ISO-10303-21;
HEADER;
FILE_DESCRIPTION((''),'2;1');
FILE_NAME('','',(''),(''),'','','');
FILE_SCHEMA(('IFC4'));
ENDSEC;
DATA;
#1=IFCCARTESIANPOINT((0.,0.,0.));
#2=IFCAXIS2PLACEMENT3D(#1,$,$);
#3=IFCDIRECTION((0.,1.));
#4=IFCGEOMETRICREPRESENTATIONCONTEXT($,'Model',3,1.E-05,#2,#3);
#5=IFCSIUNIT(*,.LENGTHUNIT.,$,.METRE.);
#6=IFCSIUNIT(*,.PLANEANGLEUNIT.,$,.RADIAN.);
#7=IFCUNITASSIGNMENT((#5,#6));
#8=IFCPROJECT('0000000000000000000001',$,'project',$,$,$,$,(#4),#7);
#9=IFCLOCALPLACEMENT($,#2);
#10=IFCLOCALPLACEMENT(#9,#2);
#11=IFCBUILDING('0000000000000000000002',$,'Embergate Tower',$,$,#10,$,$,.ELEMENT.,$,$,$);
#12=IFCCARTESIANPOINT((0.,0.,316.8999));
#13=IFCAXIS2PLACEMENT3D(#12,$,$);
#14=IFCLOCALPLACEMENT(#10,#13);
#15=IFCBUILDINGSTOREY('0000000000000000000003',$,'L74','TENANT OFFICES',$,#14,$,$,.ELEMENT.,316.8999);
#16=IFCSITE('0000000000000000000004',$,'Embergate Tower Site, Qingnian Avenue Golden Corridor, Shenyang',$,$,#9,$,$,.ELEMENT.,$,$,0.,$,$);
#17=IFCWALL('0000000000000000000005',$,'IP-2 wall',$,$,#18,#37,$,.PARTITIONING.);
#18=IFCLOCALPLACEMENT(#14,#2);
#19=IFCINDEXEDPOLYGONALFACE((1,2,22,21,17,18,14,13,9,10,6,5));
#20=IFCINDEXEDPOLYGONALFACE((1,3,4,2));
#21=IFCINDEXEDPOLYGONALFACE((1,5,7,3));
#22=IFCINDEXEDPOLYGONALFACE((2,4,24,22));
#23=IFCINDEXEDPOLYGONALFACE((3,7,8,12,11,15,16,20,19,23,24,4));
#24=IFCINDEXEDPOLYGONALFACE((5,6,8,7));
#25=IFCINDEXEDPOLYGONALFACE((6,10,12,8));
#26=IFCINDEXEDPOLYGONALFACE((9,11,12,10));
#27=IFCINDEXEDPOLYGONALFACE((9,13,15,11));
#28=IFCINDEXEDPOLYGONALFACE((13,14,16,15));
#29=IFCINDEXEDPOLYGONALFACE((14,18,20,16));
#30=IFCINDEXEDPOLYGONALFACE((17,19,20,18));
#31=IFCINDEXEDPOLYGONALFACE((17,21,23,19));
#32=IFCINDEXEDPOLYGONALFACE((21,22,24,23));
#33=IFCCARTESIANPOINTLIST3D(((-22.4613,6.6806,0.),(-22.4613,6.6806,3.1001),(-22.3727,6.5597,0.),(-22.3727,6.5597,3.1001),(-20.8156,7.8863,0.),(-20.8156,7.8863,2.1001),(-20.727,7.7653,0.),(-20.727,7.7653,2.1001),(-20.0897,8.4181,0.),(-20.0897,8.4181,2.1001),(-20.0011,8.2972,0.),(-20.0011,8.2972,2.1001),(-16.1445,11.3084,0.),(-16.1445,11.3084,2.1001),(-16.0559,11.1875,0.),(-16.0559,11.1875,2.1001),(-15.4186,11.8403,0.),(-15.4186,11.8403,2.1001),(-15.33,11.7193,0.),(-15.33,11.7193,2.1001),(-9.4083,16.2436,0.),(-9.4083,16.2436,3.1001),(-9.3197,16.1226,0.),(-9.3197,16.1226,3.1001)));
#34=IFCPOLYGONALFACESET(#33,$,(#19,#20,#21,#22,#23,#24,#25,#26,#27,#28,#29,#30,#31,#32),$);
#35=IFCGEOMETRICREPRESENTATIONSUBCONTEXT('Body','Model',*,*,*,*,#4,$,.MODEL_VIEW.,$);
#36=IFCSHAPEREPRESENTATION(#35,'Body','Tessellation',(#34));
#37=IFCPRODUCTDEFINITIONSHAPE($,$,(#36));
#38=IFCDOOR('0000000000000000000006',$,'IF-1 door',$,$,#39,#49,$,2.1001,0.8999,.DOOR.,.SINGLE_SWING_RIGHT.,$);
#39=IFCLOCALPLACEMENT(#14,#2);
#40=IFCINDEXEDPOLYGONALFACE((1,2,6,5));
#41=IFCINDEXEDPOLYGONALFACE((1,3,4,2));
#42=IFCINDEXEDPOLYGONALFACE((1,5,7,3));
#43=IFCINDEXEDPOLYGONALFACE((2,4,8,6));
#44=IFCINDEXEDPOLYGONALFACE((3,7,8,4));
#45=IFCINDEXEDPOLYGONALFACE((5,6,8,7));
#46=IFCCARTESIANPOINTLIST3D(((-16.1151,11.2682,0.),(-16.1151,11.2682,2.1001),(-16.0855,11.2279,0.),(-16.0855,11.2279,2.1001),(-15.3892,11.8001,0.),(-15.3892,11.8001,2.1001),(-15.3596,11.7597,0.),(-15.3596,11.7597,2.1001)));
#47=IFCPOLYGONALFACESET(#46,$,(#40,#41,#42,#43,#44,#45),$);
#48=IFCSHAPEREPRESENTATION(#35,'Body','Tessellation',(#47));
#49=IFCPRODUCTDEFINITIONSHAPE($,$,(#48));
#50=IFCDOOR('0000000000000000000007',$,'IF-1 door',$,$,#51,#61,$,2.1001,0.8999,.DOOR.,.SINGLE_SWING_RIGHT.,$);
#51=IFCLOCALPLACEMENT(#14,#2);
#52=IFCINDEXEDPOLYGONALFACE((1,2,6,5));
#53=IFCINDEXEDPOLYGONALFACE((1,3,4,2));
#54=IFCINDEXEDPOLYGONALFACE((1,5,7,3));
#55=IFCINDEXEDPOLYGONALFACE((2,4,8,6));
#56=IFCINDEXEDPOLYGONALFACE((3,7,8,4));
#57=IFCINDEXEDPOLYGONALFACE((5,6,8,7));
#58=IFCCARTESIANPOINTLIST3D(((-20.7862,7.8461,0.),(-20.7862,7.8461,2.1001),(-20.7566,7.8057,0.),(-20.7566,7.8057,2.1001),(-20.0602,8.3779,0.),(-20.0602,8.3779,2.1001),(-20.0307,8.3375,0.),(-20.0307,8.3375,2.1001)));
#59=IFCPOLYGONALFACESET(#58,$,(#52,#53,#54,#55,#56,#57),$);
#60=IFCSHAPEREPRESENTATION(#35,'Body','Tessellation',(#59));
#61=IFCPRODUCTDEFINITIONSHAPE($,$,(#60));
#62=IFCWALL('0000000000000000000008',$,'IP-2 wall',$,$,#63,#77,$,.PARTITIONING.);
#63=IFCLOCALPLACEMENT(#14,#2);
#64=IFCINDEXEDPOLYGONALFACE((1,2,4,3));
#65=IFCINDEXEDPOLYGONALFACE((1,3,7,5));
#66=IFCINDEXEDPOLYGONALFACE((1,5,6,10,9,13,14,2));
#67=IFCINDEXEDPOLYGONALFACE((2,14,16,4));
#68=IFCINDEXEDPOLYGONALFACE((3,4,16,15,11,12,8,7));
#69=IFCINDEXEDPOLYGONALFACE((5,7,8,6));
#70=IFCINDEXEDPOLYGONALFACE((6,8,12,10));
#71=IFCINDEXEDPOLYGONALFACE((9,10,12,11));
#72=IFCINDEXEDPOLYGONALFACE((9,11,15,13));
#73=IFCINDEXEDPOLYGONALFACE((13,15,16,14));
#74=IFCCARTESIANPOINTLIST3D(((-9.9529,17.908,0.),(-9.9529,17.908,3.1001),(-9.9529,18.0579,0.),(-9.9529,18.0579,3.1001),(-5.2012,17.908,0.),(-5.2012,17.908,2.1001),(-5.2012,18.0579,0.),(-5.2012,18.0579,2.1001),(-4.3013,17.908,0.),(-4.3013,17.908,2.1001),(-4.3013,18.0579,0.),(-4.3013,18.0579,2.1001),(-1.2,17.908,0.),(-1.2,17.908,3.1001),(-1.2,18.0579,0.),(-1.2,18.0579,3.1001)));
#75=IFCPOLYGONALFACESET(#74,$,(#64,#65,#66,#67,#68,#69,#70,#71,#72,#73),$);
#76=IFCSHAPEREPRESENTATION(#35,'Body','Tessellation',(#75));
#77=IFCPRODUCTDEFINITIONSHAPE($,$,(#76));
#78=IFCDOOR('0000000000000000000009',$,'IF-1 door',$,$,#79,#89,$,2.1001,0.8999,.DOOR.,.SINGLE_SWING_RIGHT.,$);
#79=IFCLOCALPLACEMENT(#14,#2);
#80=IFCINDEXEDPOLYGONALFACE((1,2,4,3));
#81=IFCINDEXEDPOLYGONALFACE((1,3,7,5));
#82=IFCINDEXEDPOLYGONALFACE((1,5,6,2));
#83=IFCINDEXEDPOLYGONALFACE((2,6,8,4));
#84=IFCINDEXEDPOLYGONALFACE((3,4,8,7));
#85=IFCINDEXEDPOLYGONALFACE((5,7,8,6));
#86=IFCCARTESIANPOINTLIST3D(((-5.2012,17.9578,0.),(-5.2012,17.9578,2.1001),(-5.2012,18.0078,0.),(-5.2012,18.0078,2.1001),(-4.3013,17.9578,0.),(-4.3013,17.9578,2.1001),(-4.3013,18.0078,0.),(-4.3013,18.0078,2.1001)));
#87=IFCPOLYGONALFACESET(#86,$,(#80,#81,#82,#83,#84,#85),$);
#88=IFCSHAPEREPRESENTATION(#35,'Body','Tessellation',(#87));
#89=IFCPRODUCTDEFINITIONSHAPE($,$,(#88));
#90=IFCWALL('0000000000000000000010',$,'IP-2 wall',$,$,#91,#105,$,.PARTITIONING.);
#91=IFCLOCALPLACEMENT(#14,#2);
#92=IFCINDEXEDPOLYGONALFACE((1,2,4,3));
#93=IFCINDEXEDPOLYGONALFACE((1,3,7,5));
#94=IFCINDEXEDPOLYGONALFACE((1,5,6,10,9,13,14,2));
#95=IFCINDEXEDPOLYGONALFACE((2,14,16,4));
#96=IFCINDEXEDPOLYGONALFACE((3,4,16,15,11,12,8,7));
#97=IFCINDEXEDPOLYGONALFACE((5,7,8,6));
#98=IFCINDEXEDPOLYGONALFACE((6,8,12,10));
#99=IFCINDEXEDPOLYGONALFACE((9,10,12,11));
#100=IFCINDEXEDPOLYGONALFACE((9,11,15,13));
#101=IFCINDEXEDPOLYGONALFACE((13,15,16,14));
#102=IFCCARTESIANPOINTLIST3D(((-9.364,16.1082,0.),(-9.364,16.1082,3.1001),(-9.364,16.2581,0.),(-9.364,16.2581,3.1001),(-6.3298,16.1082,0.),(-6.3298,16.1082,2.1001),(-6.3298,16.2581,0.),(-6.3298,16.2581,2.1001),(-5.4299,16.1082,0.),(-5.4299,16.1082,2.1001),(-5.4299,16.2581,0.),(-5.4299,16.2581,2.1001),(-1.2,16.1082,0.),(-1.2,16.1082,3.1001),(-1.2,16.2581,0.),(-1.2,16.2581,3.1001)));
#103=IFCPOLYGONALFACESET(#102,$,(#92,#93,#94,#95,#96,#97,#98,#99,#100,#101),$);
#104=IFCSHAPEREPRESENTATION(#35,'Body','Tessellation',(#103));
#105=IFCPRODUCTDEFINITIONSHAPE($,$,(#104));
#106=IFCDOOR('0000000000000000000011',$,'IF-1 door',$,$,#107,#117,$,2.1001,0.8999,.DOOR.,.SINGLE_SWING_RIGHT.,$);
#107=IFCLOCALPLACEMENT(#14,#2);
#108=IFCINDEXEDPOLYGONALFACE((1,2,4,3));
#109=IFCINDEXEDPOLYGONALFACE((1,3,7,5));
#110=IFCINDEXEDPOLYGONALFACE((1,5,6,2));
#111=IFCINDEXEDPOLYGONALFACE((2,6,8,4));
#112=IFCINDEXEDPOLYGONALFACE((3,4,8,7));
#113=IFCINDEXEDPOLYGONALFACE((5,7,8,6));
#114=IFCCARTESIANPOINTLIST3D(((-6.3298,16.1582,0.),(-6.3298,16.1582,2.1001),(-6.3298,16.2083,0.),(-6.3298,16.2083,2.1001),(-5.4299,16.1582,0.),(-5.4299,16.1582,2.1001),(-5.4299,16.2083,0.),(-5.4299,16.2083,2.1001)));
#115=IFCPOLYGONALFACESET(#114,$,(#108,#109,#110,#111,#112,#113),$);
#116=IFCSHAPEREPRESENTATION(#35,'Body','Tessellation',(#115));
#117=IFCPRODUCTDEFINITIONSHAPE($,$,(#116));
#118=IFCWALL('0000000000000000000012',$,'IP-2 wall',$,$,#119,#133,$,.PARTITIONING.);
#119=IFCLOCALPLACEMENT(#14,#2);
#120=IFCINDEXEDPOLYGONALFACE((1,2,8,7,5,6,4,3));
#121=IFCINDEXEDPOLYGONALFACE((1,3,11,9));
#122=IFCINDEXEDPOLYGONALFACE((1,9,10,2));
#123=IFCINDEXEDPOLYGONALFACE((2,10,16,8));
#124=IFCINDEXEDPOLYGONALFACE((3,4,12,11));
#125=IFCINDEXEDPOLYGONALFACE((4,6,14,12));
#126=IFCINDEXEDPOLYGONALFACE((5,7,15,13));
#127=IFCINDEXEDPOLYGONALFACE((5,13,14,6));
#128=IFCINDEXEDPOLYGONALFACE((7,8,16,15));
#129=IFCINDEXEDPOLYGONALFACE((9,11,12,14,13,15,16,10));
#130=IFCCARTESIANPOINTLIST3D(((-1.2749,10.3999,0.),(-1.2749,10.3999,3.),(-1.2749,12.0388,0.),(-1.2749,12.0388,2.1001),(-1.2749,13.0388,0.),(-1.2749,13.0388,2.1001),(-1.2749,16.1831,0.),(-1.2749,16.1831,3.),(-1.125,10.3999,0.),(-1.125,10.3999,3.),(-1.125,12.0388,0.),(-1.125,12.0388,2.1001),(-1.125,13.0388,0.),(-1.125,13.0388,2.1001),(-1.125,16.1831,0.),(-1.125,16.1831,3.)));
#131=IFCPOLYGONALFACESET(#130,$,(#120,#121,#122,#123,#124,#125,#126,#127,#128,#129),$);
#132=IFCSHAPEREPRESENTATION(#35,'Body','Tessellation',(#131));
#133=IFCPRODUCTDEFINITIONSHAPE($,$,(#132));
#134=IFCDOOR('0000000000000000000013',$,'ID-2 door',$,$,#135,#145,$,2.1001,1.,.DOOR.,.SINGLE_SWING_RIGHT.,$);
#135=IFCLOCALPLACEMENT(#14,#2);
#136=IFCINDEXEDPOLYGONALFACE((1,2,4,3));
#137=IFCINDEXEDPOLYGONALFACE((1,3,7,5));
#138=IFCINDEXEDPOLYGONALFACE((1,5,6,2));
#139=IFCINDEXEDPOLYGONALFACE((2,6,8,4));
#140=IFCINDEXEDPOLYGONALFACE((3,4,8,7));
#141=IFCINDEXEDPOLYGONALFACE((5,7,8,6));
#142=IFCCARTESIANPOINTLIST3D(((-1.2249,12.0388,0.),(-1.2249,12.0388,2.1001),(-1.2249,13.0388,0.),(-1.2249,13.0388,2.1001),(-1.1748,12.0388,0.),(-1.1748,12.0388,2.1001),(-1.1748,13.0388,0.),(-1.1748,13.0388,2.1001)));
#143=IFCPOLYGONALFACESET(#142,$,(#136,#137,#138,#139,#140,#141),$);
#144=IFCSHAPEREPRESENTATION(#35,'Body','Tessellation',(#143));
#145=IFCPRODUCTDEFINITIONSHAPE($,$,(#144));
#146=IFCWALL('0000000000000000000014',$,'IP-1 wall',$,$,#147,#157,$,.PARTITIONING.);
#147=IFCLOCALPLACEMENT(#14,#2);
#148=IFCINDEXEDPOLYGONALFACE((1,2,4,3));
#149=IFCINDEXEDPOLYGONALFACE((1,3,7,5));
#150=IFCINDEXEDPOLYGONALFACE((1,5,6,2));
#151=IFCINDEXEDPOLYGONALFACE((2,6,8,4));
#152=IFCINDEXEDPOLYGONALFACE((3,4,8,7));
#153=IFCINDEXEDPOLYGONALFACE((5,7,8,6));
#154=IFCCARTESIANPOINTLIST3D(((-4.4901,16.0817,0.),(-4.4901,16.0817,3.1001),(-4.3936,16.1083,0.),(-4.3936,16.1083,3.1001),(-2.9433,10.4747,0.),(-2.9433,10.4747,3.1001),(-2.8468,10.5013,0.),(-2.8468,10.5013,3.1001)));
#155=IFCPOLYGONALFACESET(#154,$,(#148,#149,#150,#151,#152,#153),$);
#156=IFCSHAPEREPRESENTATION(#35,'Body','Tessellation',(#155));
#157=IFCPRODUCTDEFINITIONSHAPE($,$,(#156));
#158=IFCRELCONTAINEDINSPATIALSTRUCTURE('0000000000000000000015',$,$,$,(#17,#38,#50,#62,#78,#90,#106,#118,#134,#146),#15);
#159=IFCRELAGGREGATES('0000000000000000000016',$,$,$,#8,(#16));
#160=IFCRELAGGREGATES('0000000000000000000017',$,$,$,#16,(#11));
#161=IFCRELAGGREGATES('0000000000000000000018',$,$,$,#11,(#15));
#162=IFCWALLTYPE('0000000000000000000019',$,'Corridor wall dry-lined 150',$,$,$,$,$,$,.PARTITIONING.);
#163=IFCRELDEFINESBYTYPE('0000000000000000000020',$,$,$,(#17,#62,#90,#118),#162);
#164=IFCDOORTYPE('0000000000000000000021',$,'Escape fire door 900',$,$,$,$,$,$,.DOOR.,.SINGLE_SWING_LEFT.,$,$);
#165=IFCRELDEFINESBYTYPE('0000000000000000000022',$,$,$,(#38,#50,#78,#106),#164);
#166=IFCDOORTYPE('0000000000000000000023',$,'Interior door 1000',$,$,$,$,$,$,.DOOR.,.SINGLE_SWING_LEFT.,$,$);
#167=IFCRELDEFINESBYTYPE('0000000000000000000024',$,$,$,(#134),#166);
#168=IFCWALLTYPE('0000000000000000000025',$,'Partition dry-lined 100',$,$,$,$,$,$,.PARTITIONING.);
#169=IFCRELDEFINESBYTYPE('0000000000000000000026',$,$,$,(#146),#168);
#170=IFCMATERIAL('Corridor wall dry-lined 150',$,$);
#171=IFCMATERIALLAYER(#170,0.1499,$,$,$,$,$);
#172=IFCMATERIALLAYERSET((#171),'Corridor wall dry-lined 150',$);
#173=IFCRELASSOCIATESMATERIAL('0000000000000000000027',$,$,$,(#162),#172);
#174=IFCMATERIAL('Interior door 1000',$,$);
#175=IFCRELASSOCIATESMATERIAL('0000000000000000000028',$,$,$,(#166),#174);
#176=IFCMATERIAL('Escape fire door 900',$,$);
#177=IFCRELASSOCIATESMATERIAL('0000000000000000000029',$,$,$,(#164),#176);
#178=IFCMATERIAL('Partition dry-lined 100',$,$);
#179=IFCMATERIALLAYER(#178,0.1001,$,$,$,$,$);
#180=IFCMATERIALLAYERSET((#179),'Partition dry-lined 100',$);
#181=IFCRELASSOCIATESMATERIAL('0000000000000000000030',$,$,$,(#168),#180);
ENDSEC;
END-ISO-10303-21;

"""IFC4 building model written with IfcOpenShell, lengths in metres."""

from ifc_helpers import new_model, si_unit, direction, frame, frame_2d, origin, place, context, subcontext, project, spatial, rectangle, extrude, source, transform, mapped, material, layer, layer_set, type_object, element, fill, save


model = new_model("IFC4")

# Units and contexts
model_context = context("Model", 3, precision=1e-05, world=origin(), true_north=direction((0.0, 1.0)))
body_context = subcontext(model_context, "Body", "Model", "MODEL_VIEW")
ifc_project = project(units=[si_unit("LENGTHUNIT", "METRE"), si_unit("PLANEANGLEUNIT", "RADIAN")], contexts=[model_context])

# Site, building, storey
site_placement = place(None, origin())
site = spatial("IfcSite", under=ifc_project, at=site_placement, Name="Embergate Tower Site, Qingnian Avenue Golden Corridor, Shenyang", CompositionType="ELEMENT", RefElevation=0.0)
building_placement = place(site_placement, origin())
building = spatial("IfcBuilding", under=site, at=building_placement, Name="Embergate Tower", CompositionType="ELEMENT")
storey_placement = place(building_placement, frame((0.0, 0.0, 316.8999)))
storey = spatial("IfcBuildingStorey", under=building, at=storey_placement, Name="L74", Description="TENANT OFFICES", CompositionType="ELEMENT", Elevation=316.8999)

# Shared definitions
ifc_material_1 = material(Name="Corridor wall dry-lined 150")
ifc_layer_1 = layer(ifc_material_1, 0.1499)
ifc_layer_set_1 = layer_set([ifc_layer_1], Name="Corridor wall dry-lined 150")
wall_type_1 = type_object("IfcWallType", Name="Corridor wall dry-lined 150", PredefinedType="PARTITIONING", material=ifc_layer_set_1)

# Shared definitions
shared_shape_1 = source(origin(), body_context, "Body", "SweptSolid", [
    extrude(rectangle(XDim=1.0, YDim=2.1001, at=frame_2d((0.5, 1.05))), frame((0.0, 0.085, 0.0), z_axis=(0.0, -1.0, 0.0), x_axis=(1.0, 0.0, 0.0)), (0.0, 0.0, 1.0), 0.1699),
])
ifc_material_2 = material(Name="Interior door 1000")
door_type_1 = type_object("IfcDoorType", Name="Interior door 1000", OperationType="SINGLE_SWING_LEFT", PredefinedType="DOOR", material=ifc_material_2)
shared_shape_2 = source(origin(), body_context, "Body", "SweptSolid", [
    extrude(rectangle(XDim=1.0, YDim=2.1001, at=frame_2d((0.5, 1.05))), frame((0.0, 0.0249, 0.0), z_axis=(0.0, -1.0, 0.0), x_axis=(1.0, 0.0, 0.0)), (0.0, 0.0, 1.0), 0.05),
])

# Wall, openings, doors
shared_shape_3 = source(origin(), body_context, "Body", "SweptSolid", [
    extrude(rectangle(XDim=16.1812, YDim=0.1499, at=frame_2d((8.0906, 0.0))), origin(), (0.0, 0.0, 1.0), 3.1001),
])
wall_1_placement = place(storey_placement, frame((-9.364, 16.1831, 0.0), z_axis=(0.0, 0.0, 1.0), x_axis=(-0.806676, -0.590994, 0.0)))
wall_1 = element("IfcWall", 1, at=wall_1_placement, inside=storey, type_object=wall_type_1, Name="IP-2 wall", PredefinedType="PARTITIONING", context=body_context, shape_type="MappedRepresentation", body=[
    mapped(shared_shape_3, transform((0.0, 0.0, 0.0))),
])
shared_shape_4 = source(origin(), body_context, "Body", "SweptSolid", [
    extrude(rectangle(XDim=0.8999, YDim=2.1001, at=frame_2d((0.45, 1.05))), frame((0.0, 0.085, 0.0), z_axis=(0.0, -1.0, 0.0), x_axis=(1.0, 0.0, 0.0)), (0.0, 0.0, 1.0), 0.1699),
])
opening_1_placement = place(wall_1_placement, frame((7.4507, 0.0, 0.0)))
opening_1 = element("IfcOpeningElement", 2, at=opening_1_placement, cuts=wall_1, PredefinedType="OPENING", context=body_context, shape_type="MappedRepresentation", body=[
    mapped(shared_shape_4, transform((0.0, 0.0, 0.0))),
])
opening_2_placement = place(wall_1_placement, frame((13.2412, 0.0, 0.0)))
opening_2 = element("IfcOpeningElement", 3, at=opening_2_placement, cuts=wall_1, PredefinedType="OPENING", context=body_context, shape_type="MappedRepresentation", body=[
    mapped(shared_shape_4, transform((0.0, 0.0, 0.0))),
])
ifc_material_3 = material(Name="Escape fire door 900")
door_type_2 = type_object("IfcDoorType", Name="Escape fire door 900", OperationType="SINGLE_SWING_LEFT", PredefinedType="DOOR", material=ifc_material_3)
shared_shape_5 = source(origin(), body_context, "Body", "SweptSolid", [
    extrude(rectangle(XDim=0.8999, YDim=2.1001, at=frame_2d((0.45, 1.05))), frame((0.0, 0.0249, 0.0), z_axis=(0.0, -1.0, 0.0), x_axis=(1.0, 0.0, 0.0)), (0.0, 0.0, 1.0), 0.05),
])
door_1_placement = place(opening_1_placement, origin())
door_1 = element("IfcDoor", 4, at=door_1_placement, inside=storey, type_object=door_type_2, Name="IF-1 door", OperationType="SINGLE_SWING_RIGHT", OverallHeight=2.1001, OverallWidth=0.8999, PredefinedType="DOOR", context=body_context, shape_type="MappedRepresentation", body=[
    mapped(shared_shape_5, transform((0.0, 0.0, 0.0))),
])
fill(opening_1, door_1)
door_2_placement = place(opening_2_placement, origin())
door_2 = element("IfcDoor", 5, at=door_2_placement, inside=storey, type_object=door_type_2, Name="IF-1 door", OperationType="SINGLE_SWING_RIGHT", OverallHeight=2.1001, OverallWidth=0.8999, PredefinedType="DOOR", context=body_context, shape_type="MappedRepresentation", body=[
    mapped(shared_shape_5, transform((0.0, 0.0, 0.0))),
])
fill(opening_2, door_2)

# Walls, openings, doors
shared_shape_6 = source(origin(), body_context, "Body", "SweptSolid", [
    extrude(rectangle(XDim=8.7529, YDim=0.1499, at=frame_2d((4.3765, 0.0))), origin(), (0.0, 0.0, 1.0), 3.1001),
])
wall_2_placement = place(storey_placement, frame((-9.9529, 17.9829, 0.0), z_axis=(0.0, 0.0, 1.0), x_axis=(1.0, 0.0, 0.0)))
wall_2 = element("IfcWall", 6, at=wall_2_placement, inside=storey, type_object=wall_type_1, Name="IP-2 wall", PredefinedType="PARTITIONING", context=body_context, shape_type="MappedRepresentation", body=[
    mapped(shared_shape_6, transform((0.0, 0.0, 0.0))),
])
opening_3_placement = place(wall_2_placement, frame((4.7517, 0.0, 0.0)))
opening_3 = element("IfcOpeningElement", 7, at=opening_3_placement, cuts=wall_2, PredefinedType="OPENING", context=body_context, shape_type="MappedRepresentation", body=[
    mapped(shared_shape_4, transform((0.0, 0.0, 0.0))),
])
door_3_placement = place(opening_3_placement, origin())
door_3 = element("IfcDoor", 8, at=door_3_placement, inside=storey, type_object=door_type_2, Name="IF-1 door", OperationType="SINGLE_SWING_RIGHT", OverallHeight=2.1001, OverallWidth=0.8999, PredefinedType="DOOR", context=body_context, shape_type="MappedRepresentation", body=[
    mapped(shared_shape_5, transform((0.0, 0.0, 0.0))),
])
fill(opening_3, door_3)
shared_shape_7 = source(origin(), body_context, "Body", "SweptSolid", [
    extrude(rectangle(XDim=8.1641, YDim=0.1499, at=frame_2d((4.082, 0.0))), origin(), (0.0, 0.0, 1.0), 3.1001),
])
wall_3_placement = place(storey_placement, frame((-1.2, 16.1831, 0.0), z_axis=(0.0, 0.0, 1.0), x_axis=(-1.0, 0.0, 0.0)))
wall_3 = element("IfcWall", 9, at=wall_3_placement, inside=storey, type_object=wall_type_1, Name="IP-2 wall", PredefinedType="PARTITIONING", context=body_context, shape_type="MappedRepresentation", body=[
    mapped(shared_shape_7, transform((0.0, 0.0, 0.0))),
])
opening_4_placement = place(wall_3_placement, frame((4.23, 0.0, 0.0)))
opening_4 = element("IfcOpeningElement", 10, at=opening_4_placement, cuts=wall_3, PredefinedType="OPENING", context=body_context, shape_type="MappedRepresentation", body=[
    mapped(shared_shape_4, transform((0.0, 0.0, 0.0))),
])
door_4_placement = place(opening_4_placement, origin())
door_4 = element("IfcDoor", 11, at=door_4_placement, inside=storey, type_object=door_type_2, Name="IF-1 door", OperationType="SINGLE_SWING_RIGHT", OverallHeight=2.1001, OverallWidth=0.8999, PredefinedType="DOOR", context=body_context, shape_type="MappedRepresentation", body=[
    mapped(shared_shape_5, transform((0.0, 0.0, 0.0))),
])
fill(opening_4, door_4)
shared_shape_8 = source(origin(), body_context, "Body", "SweptSolid", [
    extrude(rectangle(XDim=5.7832, YDim=0.1499, at=frame_2d((2.8916, 0.0))), origin(), (0.0, 0.0, 1.0), 3.0),
])
wall_4_placement = place(storey_placement, frame((-1.2, 10.3999, 0.0), z_axis=(0.0, 0.0, 1.0), x_axis=(0.0, 1.0, 0.0)))
wall_4 = element("IfcWall", 12, at=wall_4_placement, inside=storey, type_object=wall_type_1, Name="IP-2 wall", PredefinedType="PARTITIONING", context=body_context, shape_type="MappedRepresentation", body=[
    mapped(shared_shape_8, transform((0.0, 0.0, 0.0))),
])
opening_5_placement = place(wall_4_placement, frame((1.6389, 0.0, 0.0)))
opening_5 = element("IfcOpeningElement", 13, at=opening_5_placement, cuts=wall_4, PredefinedType="OPENING", context=body_context, shape_type="MappedRepresentation", body=[
    mapped(shared_shape_1, transform((0.0, 0.0, 0.0))),
])
door_5_placement = place(opening_5_placement, origin())
door_5 = element("IfcDoor", 14, at=door_5_placement, inside=storey, type_object=door_type_1, Name="ID-2 door", OperationType="SINGLE_SWING_RIGHT", OverallHeight=2.1001, OverallWidth=1.0, PredefinedType="DOOR", context=body_context, shape_type="MappedRepresentation", body=[
    mapped(shared_shape_2, transform((0.0, 0.0, 0.0))),
])
fill(opening_5, door_5)

# Wall
ifc_material_4 = material(Name="Partition dry-lined 100")
ifc_layer_2 = layer(ifc_material_4, 0.1001)
ifc_layer_set_2 = layer_set([ifc_layer_2], Name="Partition dry-lined 100")
wall_type_2 = type_object("IfcWallType", Name="Partition dry-lined 100", PredefinedType="PARTITIONING", material=ifc_layer_set_2)
shared_shape_9 = source(origin(), body_context, "Body", "SweptSolid", [
    extrude(rectangle(XDim=5.8164, YDim=0.1001, at=frame_2d((2.9082, 0.0))), origin(), (0.0, 0.0, 1.0), 3.1001),
])
wall_5_placement = place(storey_placement, frame((-2.895, 10.488, 0.0), z_axis=(0.0, 0.0, 1.0), x_axis=(-0.265951, 0.963987, 0.0)))
element("IfcWall", 15, at=wall_5_placement, inside=storey, type_object=wall_type_2, Name="IP-1 wall", PredefinedType="PARTITIONING", context=body_context, shape_type="MappedRepresentation", body=[
    mapped(shared_shape_9, transform((0.0, 0.0, 0.0))),
])

save(model, "model.ifc")
